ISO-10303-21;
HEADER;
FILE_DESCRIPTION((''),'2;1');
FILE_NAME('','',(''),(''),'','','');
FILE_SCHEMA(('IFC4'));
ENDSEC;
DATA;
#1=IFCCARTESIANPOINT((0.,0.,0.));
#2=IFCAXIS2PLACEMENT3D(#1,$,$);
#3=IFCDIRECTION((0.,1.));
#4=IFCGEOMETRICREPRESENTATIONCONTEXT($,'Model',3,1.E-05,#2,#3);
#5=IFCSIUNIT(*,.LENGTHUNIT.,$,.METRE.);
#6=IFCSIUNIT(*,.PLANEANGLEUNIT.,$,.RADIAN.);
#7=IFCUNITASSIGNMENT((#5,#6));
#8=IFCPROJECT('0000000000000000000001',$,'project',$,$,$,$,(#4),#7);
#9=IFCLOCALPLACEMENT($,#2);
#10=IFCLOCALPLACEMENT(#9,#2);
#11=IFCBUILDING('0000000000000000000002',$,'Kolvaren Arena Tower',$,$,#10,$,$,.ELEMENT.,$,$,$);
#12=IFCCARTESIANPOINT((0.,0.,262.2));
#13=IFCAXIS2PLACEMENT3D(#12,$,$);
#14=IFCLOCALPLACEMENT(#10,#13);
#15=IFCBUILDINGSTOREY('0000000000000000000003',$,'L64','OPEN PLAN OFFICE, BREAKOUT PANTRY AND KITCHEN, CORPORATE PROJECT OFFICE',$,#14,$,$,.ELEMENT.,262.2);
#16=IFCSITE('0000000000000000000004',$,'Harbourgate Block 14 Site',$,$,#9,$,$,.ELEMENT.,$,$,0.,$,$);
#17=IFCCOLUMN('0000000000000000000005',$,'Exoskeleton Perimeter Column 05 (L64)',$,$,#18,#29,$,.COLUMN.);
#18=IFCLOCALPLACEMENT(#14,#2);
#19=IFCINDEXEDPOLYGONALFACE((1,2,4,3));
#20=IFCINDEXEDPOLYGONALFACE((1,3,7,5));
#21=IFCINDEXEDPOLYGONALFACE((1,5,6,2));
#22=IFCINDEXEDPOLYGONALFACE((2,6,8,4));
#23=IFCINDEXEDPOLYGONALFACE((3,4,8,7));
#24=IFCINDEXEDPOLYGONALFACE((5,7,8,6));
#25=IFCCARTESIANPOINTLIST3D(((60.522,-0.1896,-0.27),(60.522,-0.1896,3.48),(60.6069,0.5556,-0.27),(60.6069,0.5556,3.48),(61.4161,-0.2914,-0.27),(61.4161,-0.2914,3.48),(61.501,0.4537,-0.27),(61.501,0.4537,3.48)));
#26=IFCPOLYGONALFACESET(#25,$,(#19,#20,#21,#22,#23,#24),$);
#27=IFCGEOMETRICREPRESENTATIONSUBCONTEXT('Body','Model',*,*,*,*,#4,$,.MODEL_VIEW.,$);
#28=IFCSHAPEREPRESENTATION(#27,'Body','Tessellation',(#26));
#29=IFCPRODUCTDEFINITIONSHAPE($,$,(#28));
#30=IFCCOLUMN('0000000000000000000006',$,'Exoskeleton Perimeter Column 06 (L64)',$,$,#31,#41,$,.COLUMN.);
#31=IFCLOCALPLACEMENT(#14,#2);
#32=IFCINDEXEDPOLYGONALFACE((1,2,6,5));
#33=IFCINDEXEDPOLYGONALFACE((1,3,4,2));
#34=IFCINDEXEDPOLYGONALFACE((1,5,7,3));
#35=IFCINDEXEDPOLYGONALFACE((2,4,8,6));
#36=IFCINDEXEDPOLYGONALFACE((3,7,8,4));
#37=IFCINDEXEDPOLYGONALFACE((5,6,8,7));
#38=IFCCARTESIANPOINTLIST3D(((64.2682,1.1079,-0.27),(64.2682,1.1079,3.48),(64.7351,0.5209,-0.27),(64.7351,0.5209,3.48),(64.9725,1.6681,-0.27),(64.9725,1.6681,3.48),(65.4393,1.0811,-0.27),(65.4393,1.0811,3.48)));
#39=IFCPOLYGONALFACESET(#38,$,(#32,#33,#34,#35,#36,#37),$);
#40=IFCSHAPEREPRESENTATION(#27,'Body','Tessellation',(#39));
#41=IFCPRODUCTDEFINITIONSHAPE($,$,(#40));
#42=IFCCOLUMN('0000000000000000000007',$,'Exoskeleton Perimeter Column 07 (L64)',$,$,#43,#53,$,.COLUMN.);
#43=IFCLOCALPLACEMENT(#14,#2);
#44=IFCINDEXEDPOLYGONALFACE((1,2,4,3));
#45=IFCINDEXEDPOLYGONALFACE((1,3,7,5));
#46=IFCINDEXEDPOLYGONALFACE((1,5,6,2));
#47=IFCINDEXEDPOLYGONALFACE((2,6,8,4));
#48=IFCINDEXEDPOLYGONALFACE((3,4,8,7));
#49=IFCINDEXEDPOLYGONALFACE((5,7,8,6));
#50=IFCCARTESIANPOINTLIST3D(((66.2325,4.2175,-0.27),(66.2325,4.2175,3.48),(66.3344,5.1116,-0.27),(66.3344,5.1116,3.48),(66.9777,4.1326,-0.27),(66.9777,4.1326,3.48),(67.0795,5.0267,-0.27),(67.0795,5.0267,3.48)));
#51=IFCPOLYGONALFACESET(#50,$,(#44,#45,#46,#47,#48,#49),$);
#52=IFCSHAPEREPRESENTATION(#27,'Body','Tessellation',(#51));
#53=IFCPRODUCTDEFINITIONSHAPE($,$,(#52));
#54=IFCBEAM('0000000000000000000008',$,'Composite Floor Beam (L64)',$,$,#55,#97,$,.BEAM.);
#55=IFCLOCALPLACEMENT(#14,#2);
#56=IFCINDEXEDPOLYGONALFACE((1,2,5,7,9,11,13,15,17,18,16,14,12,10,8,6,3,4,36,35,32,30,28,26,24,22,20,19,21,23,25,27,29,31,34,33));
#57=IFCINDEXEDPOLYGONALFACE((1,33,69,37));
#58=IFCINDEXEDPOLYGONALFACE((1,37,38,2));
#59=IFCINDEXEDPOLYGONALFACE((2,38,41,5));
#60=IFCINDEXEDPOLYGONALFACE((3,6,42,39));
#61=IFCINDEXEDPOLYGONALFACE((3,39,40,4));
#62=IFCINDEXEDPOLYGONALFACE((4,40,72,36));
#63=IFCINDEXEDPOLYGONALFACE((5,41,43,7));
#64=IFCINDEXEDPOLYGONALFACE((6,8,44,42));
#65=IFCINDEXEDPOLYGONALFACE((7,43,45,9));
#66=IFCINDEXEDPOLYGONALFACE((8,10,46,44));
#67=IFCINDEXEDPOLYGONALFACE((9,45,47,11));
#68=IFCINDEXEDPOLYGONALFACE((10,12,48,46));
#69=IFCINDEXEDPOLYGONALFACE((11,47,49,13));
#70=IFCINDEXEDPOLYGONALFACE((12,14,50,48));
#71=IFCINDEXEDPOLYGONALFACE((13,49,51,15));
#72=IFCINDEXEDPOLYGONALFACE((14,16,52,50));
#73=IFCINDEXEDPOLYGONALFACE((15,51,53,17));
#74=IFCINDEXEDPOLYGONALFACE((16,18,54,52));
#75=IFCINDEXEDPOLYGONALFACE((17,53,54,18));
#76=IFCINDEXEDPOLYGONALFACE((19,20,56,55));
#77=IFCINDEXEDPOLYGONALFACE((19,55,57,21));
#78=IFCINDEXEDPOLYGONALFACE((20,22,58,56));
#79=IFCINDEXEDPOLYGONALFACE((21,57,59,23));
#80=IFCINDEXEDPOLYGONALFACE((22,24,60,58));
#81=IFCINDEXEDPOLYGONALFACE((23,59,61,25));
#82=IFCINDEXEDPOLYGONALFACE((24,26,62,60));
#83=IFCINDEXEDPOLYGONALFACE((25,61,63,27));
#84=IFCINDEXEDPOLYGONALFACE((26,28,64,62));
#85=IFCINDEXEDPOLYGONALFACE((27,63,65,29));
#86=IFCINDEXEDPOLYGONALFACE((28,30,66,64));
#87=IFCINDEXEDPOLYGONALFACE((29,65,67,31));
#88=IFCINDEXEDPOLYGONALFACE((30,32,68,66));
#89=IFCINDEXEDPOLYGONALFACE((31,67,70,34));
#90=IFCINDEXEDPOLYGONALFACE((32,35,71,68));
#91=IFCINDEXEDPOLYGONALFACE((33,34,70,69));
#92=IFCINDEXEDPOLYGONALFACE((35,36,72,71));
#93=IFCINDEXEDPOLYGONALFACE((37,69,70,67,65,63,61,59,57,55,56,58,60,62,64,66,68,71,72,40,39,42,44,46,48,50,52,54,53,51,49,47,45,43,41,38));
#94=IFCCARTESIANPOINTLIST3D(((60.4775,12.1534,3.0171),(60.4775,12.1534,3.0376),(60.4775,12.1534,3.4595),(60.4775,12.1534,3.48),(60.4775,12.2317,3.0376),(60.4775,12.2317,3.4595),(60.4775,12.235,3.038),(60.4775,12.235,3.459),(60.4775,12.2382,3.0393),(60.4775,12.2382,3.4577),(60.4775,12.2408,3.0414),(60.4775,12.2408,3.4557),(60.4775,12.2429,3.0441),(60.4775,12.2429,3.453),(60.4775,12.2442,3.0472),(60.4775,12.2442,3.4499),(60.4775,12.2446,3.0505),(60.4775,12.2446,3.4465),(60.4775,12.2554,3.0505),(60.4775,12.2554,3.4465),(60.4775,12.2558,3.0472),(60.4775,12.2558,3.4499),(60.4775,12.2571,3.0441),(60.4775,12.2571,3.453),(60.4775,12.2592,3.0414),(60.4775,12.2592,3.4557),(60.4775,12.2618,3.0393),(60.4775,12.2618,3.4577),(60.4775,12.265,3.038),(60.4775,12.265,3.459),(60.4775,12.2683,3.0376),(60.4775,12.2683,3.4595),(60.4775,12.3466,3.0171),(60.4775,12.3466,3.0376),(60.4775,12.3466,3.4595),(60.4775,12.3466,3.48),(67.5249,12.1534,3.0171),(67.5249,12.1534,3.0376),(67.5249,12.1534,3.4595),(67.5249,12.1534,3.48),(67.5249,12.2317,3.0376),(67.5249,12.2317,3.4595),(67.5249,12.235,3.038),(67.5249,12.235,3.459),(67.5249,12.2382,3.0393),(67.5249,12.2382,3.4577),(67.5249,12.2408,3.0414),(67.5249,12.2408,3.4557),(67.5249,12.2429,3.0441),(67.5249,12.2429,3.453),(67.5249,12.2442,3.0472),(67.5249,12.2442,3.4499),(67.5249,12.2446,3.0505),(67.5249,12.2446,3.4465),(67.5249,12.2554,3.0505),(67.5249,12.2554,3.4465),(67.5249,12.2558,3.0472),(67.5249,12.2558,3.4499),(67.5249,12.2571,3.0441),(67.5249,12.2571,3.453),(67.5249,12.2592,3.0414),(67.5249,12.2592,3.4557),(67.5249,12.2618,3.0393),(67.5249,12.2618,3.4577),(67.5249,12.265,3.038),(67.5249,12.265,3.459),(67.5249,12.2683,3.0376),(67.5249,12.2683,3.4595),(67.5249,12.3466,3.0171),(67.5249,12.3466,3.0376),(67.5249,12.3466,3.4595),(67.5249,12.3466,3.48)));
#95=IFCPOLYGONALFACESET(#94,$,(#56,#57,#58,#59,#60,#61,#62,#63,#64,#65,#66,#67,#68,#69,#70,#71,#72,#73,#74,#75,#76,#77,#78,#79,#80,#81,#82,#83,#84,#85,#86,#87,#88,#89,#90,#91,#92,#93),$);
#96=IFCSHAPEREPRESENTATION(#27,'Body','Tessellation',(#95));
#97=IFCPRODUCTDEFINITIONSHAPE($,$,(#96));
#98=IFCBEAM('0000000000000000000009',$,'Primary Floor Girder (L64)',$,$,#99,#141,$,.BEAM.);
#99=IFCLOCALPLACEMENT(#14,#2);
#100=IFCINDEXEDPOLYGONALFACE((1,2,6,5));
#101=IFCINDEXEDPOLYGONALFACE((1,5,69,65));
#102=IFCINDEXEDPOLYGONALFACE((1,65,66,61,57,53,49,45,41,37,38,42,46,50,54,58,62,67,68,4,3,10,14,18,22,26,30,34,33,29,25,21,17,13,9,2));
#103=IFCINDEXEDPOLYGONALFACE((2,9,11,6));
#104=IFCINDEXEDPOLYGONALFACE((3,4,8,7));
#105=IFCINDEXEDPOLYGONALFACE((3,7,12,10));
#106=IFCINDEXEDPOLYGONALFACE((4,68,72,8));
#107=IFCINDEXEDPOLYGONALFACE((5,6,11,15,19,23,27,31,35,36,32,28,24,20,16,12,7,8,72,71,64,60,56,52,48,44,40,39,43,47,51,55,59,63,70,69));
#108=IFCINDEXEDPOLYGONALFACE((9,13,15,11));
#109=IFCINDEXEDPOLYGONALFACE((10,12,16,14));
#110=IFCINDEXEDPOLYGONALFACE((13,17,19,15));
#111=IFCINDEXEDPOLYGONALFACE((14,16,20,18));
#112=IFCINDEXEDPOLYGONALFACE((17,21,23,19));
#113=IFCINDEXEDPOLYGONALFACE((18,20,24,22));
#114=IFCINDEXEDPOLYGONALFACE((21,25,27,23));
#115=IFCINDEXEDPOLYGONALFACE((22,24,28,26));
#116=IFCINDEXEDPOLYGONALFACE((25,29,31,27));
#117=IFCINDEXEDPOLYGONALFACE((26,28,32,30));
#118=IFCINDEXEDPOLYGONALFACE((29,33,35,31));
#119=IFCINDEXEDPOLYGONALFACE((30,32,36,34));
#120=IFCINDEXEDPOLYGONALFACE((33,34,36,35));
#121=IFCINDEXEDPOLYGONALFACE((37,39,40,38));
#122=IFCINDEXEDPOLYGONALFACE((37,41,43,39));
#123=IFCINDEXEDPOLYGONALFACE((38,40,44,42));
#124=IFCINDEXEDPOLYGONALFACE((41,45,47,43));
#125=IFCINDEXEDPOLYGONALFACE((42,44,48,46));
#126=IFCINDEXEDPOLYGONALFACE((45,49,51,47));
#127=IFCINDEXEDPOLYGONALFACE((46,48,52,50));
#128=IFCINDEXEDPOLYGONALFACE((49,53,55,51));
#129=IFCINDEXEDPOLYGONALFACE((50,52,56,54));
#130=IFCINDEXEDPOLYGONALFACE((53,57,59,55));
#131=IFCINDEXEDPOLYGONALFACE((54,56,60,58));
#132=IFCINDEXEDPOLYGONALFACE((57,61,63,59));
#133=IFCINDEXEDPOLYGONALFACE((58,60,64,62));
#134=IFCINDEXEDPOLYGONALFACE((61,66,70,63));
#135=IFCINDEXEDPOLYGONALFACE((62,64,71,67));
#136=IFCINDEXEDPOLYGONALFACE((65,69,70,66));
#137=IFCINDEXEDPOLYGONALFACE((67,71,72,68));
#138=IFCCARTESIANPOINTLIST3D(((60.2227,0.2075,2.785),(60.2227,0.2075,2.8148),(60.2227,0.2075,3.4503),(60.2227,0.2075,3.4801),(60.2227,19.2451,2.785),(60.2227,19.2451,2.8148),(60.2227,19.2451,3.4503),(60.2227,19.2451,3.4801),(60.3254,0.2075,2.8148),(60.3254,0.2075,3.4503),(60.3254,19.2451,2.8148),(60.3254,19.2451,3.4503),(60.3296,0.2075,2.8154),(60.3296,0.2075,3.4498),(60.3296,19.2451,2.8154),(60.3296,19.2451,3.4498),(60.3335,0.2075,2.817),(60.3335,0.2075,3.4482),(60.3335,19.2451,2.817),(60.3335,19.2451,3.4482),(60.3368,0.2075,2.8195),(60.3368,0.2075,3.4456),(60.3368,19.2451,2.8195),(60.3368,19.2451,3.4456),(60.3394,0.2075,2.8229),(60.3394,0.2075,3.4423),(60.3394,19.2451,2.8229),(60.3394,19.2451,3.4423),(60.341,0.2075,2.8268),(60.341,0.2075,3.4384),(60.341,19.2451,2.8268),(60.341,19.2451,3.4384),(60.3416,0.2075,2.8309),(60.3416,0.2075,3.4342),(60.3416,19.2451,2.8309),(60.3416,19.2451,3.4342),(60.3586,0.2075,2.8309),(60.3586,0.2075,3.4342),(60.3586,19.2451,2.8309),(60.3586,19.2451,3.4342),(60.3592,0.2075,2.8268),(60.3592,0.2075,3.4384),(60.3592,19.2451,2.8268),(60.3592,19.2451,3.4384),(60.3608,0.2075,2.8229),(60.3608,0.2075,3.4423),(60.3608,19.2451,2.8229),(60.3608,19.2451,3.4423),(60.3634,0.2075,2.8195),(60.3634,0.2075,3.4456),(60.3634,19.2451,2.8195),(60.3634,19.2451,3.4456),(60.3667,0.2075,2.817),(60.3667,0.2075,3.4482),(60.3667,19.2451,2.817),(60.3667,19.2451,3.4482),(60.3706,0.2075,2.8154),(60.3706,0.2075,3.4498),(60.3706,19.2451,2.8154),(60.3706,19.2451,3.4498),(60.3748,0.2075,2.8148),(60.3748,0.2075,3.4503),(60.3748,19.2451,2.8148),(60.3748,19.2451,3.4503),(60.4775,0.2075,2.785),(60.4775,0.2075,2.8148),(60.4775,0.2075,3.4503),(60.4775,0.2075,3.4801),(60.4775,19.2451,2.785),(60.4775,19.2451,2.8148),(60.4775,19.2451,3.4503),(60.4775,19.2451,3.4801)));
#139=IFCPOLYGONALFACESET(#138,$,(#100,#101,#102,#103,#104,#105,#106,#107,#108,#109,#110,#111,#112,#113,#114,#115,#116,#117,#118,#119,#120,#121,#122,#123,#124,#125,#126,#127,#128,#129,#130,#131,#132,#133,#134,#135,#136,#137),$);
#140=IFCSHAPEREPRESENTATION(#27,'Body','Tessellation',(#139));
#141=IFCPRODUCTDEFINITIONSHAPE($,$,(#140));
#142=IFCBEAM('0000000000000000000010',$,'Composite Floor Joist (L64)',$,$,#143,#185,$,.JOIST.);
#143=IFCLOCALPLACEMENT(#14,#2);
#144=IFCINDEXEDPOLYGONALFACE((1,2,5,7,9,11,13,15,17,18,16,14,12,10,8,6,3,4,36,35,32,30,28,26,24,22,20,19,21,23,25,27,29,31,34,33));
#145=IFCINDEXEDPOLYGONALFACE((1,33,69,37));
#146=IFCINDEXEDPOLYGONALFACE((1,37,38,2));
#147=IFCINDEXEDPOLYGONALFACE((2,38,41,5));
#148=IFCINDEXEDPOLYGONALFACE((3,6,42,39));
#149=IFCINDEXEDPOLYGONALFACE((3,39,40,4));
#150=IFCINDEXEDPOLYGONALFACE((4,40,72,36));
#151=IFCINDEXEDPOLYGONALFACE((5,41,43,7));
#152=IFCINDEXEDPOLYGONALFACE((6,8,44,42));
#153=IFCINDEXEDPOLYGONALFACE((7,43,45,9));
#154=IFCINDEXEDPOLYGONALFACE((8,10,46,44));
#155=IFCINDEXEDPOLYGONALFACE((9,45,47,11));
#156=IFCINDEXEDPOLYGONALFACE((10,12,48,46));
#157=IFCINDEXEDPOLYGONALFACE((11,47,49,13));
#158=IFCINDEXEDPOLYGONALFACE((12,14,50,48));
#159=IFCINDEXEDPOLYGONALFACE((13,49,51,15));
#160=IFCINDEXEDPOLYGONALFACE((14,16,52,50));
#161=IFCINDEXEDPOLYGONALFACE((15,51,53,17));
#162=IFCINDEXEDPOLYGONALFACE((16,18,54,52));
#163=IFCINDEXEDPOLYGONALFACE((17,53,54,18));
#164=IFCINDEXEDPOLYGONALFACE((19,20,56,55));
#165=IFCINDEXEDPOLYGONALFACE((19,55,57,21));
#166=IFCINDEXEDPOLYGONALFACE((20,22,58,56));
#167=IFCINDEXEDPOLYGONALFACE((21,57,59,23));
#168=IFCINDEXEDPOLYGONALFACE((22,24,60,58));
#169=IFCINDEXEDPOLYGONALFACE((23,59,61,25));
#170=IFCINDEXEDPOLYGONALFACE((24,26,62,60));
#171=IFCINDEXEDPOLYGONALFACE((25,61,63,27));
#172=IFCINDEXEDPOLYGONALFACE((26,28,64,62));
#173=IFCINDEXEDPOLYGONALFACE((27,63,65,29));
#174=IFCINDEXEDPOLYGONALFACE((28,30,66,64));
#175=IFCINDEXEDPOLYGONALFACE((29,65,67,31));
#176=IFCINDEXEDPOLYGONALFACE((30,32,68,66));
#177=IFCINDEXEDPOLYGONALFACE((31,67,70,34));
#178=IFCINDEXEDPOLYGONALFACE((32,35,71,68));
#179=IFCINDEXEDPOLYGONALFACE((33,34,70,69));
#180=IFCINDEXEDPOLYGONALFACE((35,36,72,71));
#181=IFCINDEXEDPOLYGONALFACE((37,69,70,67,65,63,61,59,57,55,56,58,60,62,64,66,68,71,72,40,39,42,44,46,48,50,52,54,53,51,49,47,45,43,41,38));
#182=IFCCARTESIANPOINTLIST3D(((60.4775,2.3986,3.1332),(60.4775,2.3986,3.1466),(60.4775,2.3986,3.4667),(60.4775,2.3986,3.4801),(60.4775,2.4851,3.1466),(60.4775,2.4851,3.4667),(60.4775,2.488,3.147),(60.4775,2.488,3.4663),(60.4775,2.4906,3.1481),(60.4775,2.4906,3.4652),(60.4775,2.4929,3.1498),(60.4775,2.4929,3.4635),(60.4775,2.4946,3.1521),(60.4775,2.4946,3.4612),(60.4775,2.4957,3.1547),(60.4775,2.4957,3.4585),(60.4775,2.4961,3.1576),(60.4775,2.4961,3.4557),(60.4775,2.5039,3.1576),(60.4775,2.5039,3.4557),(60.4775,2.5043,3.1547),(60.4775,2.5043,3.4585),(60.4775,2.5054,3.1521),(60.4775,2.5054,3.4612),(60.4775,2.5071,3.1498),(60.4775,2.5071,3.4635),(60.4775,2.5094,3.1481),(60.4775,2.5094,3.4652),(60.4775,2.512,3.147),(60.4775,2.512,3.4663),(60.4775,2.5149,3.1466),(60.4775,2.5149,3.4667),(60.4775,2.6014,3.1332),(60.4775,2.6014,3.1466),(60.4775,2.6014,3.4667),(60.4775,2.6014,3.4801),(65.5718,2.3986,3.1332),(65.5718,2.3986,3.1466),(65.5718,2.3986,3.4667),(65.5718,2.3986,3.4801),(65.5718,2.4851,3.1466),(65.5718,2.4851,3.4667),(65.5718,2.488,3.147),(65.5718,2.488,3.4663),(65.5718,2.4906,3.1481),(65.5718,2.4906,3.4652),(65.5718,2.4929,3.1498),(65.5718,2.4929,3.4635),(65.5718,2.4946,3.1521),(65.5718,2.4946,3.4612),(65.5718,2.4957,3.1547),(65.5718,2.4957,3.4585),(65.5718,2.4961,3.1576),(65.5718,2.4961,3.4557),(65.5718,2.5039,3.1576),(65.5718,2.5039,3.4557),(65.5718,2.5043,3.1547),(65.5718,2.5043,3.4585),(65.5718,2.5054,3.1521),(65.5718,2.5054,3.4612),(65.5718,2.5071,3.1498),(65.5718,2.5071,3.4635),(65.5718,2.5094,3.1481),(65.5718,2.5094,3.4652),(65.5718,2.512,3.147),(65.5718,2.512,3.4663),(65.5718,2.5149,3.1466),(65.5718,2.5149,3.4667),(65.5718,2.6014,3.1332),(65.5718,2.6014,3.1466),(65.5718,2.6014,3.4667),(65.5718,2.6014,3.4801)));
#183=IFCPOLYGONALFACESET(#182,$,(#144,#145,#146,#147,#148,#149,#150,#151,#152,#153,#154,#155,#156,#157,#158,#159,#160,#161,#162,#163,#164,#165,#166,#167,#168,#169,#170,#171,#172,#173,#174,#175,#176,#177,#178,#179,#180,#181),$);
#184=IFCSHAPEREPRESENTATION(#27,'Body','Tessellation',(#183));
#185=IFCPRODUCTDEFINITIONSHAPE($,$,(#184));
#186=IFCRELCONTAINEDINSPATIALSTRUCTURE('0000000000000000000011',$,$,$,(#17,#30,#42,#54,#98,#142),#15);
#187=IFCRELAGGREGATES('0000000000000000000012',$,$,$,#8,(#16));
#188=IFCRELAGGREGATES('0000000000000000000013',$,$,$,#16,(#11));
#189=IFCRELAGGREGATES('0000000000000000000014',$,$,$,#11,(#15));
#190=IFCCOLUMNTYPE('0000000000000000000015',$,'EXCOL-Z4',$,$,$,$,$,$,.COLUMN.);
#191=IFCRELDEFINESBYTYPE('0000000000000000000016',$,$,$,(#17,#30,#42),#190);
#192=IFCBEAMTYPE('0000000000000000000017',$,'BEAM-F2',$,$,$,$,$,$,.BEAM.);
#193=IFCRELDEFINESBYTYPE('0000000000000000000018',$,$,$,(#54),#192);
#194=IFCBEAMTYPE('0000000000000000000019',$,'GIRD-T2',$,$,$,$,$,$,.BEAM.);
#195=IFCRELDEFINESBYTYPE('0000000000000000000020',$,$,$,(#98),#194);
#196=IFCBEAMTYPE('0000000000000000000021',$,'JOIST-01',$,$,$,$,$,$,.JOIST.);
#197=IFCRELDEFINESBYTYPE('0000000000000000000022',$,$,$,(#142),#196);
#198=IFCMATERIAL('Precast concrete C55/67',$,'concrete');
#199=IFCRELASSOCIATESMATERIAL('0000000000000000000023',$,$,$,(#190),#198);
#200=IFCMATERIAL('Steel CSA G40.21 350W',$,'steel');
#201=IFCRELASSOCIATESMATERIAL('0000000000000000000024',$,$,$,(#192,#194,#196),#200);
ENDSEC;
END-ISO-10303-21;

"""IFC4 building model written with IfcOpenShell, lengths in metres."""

from ifc_helpers import new_model, si_unit, direction, frame, origin, origin_2d, place, context, subcontext, project, spatial, rectangle, i_section, extrude, material, material_profile, profile_set, type_object, element, save


model = new_model("IFC4")

# Units and contexts
model_context = context("Model", 3, precision=1e-05, world=origin(), true_north=direction((0.0, 1.0)))
body_context = subcontext(model_context, "Body", "Model", "MODEL_VIEW")
ifc_project = project(units=[si_unit("LENGTHUNIT", "METRE"), si_unit("PLANEANGLEUNIT", "RADIAN")], contexts=[model_context])

# Site, building, storey
site_placement = place(None, origin())
site = spatial("IfcSite", under=ifc_project, at=site_placement, Name="Harbourgate Block 14 Site", CompositionType="ELEMENT", RefElevation=0.0)
building_placement = place(site_placement, origin())
building = spatial("IfcBuilding", under=site, at=building_placement, Name="Kolvaren Arena Tower", CompositionType="ELEMENT")
storey_placement = place(building_placement, frame((0.0, 0.0, 262.2)))
storey = spatial("IfcBuildingStorey", under=building, at=storey_placement, Name="L64", Description="OPEN PLAN OFFICE, BREAKOUT PANTRY AND KITCHEN, CORPORATE PROJECT OFFICE", CompositionType="ELEMENT", Elevation=262.2)

# Columns
ifc_material_1 = material(Name="Precast concrete C55/67", Category="concrete")
ifc_material_profile_1 = material_profile(ifc_material_1, rectangle(XDim=0.8999, YDim=0.75, at=origin_2d()), Name="RC-900x750")
ifc_profile_set_1 = profile_set([ifc_material_profile_1], Name="Precast concrete C55/67")
column_type = type_object("IfcColumnType", Name="EXCOL-Z4", PredefinedType="COLUMN", material=ifc_profile_set_1)
for number, where, z_axis, x_axis, name in (
    (1, (61.0115, 0.1321, -0.27), (0.0, 0.0, 1.0), (0.993572, -0.113203, 0.0), "Exoskeleton Perimeter Column 05 (L64)"),
    (2, (64.8538, 1.0945, -0.27), (0.0, 0.0, 1.0), (0.782608, 0.622515, 0.0), "Exoskeleton Perimeter Column 06 (L64)"),
    (3, (66.656, 4.6221, -0.27), (0.0, 0.0, 1.0), (0.113203, 0.993572, 0.0), "Exoskeleton Perimeter Column 07 (L64)"),
):
    element("IfcColumn", number, at=place(storey_placement, frame(where, z_axis=z_axis, x_axis=x_axis)), inside=storey, type_object=column_type, Name=name, PredefinedType="COLUMN", context=body_context, shape_type="SweptSolid", body=[
        extrude(rectangle(XDim=0.8999, YDim=0.75, at=origin_2d()), origin(), (0.0, 0.0, 1.0), 3.75),
    ])

# Beams
ifc_material_2 = material(Name="Steel CSA G40.21 350W", Category="steel")
ifc_material_profile_2 = material_profile(ifc_material_2, i_section(OverallWidth=0.1931, OverallDepth=0.4629, WebThickness=0.0107, FlangeThickness=0.0205, FilletRadius=0.0129, at=origin_2d()), Name="W460x113")
ifc_profile_set_2 = profile_set([ifc_material_profile_2], Name="Steel CSA G40.21 350W")
beam_type_1 = type_object("IfcBeamType", Name="BEAM-F2", PredefinedType="BEAM", material=ifc_profile_set_2)
beam_1_placement = place(storey_placement, frame((60.4775, 12.25, 3.2485), z_axis=(1.0, 0.0, 0.0), x_axis=(0.0, 1.0, 0.0)))
element("IfcBeam", 4, at=beam_1_placement, inside=storey, type_object=beam_type_1, Name="Composite Floor Beam (L64)", PredefinedType="BEAM", context=body_context, shape_type="SweptSolid", body=[
    extrude(i_section(OverallWidth=0.1931, OverallDepth=0.4629, WebThickness=0.0107, FlangeThickness=0.0205, FilletRadius=0.0129, at=origin_2d()), origin(), (0.0, 0.0, 1.0), 7.0474),
])
ifc_material_profile_3 = material_profile(ifc_material_2, i_section(OverallWidth=0.2549, OverallDepth=0.6951, WebThickness=0.0171, FlangeThickness=0.0298, FilletRadius=0.0161, at=origin_2d()), Name="W690x217")
ifc_profile_set_3 = profile_set([ifc_material_profile_3], Name="Steel CSA G40.21 350W")
beam_type_2 = type_object("IfcBeamType", Name="GIRD-T2", PredefinedType="BEAM", material=ifc_profile_set_3)
beam_2_placement = place(storey_placement, frame((60.3501, 0.2075, 3.1326), z_axis=(0.0, 1.0, 0.0), x_axis=(-1.0, 0.0, 0.0)))
element("IfcBeam", 5, at=beam_2_placement, inside=storey, type_object=beam_type_2, Name="Primary Floor Girder (L64)", PredefinedType="BEAM", context=body_context, shape_type="SweptSolid", body=[
    extrude(i_section(OverallWidth=0.2549, OverallDepth=0.6951, WebThickness=0.0171, FlangeThickness=0.0298, FilletRadius=0.0161, at=origin_2d()), origin(), (0.0, 0.0, 1.0), 19.0376),
])
ifc_material_profile_4 = material_profile(ifc_material_2, i_section(OverallWidth=0.2029, OverallDepth=0.3469, WebThickness=0.0078, FlangeThickness=0.0134, FilletRadius=0.011, at=origin_2d()), Name="W360x64")
ifc_profile_set_4 = profile_set([ifc_material_profile_4], Name="Steel CSA G40.21 350W")
beam_type_3 = type_object("IfcBeamType", Name="JOIST-01", PredefinedType="JOIST", material=ifc_profile_set_4)
beam_3_placement = place(storey_placement, frame((60.4775, 2.5, 3.3066), z_axis=(1.0, 0.0, 0.0), x_axis=(0.0, 1.0, 0.0)))
element("IfcBeam", 6, at=beam_3_placement, inside=storey, type_object=beam_type_3, Name="Composite Floor Joist (L64)", PredefinedType="JOIST", context=body_context, shape_type="SweptSolid", body=[
    extrude(i_section(OverallWidth=0.2029, OverallDepth=0.3469, WebThickness=0.0078, FlangeThickness=0.0134, FilletRadius=0.011, at=origin_2d()), origin(), (0.0, 0.0, 1.0), 5.0942),
])

save(model, "model.ifc")
